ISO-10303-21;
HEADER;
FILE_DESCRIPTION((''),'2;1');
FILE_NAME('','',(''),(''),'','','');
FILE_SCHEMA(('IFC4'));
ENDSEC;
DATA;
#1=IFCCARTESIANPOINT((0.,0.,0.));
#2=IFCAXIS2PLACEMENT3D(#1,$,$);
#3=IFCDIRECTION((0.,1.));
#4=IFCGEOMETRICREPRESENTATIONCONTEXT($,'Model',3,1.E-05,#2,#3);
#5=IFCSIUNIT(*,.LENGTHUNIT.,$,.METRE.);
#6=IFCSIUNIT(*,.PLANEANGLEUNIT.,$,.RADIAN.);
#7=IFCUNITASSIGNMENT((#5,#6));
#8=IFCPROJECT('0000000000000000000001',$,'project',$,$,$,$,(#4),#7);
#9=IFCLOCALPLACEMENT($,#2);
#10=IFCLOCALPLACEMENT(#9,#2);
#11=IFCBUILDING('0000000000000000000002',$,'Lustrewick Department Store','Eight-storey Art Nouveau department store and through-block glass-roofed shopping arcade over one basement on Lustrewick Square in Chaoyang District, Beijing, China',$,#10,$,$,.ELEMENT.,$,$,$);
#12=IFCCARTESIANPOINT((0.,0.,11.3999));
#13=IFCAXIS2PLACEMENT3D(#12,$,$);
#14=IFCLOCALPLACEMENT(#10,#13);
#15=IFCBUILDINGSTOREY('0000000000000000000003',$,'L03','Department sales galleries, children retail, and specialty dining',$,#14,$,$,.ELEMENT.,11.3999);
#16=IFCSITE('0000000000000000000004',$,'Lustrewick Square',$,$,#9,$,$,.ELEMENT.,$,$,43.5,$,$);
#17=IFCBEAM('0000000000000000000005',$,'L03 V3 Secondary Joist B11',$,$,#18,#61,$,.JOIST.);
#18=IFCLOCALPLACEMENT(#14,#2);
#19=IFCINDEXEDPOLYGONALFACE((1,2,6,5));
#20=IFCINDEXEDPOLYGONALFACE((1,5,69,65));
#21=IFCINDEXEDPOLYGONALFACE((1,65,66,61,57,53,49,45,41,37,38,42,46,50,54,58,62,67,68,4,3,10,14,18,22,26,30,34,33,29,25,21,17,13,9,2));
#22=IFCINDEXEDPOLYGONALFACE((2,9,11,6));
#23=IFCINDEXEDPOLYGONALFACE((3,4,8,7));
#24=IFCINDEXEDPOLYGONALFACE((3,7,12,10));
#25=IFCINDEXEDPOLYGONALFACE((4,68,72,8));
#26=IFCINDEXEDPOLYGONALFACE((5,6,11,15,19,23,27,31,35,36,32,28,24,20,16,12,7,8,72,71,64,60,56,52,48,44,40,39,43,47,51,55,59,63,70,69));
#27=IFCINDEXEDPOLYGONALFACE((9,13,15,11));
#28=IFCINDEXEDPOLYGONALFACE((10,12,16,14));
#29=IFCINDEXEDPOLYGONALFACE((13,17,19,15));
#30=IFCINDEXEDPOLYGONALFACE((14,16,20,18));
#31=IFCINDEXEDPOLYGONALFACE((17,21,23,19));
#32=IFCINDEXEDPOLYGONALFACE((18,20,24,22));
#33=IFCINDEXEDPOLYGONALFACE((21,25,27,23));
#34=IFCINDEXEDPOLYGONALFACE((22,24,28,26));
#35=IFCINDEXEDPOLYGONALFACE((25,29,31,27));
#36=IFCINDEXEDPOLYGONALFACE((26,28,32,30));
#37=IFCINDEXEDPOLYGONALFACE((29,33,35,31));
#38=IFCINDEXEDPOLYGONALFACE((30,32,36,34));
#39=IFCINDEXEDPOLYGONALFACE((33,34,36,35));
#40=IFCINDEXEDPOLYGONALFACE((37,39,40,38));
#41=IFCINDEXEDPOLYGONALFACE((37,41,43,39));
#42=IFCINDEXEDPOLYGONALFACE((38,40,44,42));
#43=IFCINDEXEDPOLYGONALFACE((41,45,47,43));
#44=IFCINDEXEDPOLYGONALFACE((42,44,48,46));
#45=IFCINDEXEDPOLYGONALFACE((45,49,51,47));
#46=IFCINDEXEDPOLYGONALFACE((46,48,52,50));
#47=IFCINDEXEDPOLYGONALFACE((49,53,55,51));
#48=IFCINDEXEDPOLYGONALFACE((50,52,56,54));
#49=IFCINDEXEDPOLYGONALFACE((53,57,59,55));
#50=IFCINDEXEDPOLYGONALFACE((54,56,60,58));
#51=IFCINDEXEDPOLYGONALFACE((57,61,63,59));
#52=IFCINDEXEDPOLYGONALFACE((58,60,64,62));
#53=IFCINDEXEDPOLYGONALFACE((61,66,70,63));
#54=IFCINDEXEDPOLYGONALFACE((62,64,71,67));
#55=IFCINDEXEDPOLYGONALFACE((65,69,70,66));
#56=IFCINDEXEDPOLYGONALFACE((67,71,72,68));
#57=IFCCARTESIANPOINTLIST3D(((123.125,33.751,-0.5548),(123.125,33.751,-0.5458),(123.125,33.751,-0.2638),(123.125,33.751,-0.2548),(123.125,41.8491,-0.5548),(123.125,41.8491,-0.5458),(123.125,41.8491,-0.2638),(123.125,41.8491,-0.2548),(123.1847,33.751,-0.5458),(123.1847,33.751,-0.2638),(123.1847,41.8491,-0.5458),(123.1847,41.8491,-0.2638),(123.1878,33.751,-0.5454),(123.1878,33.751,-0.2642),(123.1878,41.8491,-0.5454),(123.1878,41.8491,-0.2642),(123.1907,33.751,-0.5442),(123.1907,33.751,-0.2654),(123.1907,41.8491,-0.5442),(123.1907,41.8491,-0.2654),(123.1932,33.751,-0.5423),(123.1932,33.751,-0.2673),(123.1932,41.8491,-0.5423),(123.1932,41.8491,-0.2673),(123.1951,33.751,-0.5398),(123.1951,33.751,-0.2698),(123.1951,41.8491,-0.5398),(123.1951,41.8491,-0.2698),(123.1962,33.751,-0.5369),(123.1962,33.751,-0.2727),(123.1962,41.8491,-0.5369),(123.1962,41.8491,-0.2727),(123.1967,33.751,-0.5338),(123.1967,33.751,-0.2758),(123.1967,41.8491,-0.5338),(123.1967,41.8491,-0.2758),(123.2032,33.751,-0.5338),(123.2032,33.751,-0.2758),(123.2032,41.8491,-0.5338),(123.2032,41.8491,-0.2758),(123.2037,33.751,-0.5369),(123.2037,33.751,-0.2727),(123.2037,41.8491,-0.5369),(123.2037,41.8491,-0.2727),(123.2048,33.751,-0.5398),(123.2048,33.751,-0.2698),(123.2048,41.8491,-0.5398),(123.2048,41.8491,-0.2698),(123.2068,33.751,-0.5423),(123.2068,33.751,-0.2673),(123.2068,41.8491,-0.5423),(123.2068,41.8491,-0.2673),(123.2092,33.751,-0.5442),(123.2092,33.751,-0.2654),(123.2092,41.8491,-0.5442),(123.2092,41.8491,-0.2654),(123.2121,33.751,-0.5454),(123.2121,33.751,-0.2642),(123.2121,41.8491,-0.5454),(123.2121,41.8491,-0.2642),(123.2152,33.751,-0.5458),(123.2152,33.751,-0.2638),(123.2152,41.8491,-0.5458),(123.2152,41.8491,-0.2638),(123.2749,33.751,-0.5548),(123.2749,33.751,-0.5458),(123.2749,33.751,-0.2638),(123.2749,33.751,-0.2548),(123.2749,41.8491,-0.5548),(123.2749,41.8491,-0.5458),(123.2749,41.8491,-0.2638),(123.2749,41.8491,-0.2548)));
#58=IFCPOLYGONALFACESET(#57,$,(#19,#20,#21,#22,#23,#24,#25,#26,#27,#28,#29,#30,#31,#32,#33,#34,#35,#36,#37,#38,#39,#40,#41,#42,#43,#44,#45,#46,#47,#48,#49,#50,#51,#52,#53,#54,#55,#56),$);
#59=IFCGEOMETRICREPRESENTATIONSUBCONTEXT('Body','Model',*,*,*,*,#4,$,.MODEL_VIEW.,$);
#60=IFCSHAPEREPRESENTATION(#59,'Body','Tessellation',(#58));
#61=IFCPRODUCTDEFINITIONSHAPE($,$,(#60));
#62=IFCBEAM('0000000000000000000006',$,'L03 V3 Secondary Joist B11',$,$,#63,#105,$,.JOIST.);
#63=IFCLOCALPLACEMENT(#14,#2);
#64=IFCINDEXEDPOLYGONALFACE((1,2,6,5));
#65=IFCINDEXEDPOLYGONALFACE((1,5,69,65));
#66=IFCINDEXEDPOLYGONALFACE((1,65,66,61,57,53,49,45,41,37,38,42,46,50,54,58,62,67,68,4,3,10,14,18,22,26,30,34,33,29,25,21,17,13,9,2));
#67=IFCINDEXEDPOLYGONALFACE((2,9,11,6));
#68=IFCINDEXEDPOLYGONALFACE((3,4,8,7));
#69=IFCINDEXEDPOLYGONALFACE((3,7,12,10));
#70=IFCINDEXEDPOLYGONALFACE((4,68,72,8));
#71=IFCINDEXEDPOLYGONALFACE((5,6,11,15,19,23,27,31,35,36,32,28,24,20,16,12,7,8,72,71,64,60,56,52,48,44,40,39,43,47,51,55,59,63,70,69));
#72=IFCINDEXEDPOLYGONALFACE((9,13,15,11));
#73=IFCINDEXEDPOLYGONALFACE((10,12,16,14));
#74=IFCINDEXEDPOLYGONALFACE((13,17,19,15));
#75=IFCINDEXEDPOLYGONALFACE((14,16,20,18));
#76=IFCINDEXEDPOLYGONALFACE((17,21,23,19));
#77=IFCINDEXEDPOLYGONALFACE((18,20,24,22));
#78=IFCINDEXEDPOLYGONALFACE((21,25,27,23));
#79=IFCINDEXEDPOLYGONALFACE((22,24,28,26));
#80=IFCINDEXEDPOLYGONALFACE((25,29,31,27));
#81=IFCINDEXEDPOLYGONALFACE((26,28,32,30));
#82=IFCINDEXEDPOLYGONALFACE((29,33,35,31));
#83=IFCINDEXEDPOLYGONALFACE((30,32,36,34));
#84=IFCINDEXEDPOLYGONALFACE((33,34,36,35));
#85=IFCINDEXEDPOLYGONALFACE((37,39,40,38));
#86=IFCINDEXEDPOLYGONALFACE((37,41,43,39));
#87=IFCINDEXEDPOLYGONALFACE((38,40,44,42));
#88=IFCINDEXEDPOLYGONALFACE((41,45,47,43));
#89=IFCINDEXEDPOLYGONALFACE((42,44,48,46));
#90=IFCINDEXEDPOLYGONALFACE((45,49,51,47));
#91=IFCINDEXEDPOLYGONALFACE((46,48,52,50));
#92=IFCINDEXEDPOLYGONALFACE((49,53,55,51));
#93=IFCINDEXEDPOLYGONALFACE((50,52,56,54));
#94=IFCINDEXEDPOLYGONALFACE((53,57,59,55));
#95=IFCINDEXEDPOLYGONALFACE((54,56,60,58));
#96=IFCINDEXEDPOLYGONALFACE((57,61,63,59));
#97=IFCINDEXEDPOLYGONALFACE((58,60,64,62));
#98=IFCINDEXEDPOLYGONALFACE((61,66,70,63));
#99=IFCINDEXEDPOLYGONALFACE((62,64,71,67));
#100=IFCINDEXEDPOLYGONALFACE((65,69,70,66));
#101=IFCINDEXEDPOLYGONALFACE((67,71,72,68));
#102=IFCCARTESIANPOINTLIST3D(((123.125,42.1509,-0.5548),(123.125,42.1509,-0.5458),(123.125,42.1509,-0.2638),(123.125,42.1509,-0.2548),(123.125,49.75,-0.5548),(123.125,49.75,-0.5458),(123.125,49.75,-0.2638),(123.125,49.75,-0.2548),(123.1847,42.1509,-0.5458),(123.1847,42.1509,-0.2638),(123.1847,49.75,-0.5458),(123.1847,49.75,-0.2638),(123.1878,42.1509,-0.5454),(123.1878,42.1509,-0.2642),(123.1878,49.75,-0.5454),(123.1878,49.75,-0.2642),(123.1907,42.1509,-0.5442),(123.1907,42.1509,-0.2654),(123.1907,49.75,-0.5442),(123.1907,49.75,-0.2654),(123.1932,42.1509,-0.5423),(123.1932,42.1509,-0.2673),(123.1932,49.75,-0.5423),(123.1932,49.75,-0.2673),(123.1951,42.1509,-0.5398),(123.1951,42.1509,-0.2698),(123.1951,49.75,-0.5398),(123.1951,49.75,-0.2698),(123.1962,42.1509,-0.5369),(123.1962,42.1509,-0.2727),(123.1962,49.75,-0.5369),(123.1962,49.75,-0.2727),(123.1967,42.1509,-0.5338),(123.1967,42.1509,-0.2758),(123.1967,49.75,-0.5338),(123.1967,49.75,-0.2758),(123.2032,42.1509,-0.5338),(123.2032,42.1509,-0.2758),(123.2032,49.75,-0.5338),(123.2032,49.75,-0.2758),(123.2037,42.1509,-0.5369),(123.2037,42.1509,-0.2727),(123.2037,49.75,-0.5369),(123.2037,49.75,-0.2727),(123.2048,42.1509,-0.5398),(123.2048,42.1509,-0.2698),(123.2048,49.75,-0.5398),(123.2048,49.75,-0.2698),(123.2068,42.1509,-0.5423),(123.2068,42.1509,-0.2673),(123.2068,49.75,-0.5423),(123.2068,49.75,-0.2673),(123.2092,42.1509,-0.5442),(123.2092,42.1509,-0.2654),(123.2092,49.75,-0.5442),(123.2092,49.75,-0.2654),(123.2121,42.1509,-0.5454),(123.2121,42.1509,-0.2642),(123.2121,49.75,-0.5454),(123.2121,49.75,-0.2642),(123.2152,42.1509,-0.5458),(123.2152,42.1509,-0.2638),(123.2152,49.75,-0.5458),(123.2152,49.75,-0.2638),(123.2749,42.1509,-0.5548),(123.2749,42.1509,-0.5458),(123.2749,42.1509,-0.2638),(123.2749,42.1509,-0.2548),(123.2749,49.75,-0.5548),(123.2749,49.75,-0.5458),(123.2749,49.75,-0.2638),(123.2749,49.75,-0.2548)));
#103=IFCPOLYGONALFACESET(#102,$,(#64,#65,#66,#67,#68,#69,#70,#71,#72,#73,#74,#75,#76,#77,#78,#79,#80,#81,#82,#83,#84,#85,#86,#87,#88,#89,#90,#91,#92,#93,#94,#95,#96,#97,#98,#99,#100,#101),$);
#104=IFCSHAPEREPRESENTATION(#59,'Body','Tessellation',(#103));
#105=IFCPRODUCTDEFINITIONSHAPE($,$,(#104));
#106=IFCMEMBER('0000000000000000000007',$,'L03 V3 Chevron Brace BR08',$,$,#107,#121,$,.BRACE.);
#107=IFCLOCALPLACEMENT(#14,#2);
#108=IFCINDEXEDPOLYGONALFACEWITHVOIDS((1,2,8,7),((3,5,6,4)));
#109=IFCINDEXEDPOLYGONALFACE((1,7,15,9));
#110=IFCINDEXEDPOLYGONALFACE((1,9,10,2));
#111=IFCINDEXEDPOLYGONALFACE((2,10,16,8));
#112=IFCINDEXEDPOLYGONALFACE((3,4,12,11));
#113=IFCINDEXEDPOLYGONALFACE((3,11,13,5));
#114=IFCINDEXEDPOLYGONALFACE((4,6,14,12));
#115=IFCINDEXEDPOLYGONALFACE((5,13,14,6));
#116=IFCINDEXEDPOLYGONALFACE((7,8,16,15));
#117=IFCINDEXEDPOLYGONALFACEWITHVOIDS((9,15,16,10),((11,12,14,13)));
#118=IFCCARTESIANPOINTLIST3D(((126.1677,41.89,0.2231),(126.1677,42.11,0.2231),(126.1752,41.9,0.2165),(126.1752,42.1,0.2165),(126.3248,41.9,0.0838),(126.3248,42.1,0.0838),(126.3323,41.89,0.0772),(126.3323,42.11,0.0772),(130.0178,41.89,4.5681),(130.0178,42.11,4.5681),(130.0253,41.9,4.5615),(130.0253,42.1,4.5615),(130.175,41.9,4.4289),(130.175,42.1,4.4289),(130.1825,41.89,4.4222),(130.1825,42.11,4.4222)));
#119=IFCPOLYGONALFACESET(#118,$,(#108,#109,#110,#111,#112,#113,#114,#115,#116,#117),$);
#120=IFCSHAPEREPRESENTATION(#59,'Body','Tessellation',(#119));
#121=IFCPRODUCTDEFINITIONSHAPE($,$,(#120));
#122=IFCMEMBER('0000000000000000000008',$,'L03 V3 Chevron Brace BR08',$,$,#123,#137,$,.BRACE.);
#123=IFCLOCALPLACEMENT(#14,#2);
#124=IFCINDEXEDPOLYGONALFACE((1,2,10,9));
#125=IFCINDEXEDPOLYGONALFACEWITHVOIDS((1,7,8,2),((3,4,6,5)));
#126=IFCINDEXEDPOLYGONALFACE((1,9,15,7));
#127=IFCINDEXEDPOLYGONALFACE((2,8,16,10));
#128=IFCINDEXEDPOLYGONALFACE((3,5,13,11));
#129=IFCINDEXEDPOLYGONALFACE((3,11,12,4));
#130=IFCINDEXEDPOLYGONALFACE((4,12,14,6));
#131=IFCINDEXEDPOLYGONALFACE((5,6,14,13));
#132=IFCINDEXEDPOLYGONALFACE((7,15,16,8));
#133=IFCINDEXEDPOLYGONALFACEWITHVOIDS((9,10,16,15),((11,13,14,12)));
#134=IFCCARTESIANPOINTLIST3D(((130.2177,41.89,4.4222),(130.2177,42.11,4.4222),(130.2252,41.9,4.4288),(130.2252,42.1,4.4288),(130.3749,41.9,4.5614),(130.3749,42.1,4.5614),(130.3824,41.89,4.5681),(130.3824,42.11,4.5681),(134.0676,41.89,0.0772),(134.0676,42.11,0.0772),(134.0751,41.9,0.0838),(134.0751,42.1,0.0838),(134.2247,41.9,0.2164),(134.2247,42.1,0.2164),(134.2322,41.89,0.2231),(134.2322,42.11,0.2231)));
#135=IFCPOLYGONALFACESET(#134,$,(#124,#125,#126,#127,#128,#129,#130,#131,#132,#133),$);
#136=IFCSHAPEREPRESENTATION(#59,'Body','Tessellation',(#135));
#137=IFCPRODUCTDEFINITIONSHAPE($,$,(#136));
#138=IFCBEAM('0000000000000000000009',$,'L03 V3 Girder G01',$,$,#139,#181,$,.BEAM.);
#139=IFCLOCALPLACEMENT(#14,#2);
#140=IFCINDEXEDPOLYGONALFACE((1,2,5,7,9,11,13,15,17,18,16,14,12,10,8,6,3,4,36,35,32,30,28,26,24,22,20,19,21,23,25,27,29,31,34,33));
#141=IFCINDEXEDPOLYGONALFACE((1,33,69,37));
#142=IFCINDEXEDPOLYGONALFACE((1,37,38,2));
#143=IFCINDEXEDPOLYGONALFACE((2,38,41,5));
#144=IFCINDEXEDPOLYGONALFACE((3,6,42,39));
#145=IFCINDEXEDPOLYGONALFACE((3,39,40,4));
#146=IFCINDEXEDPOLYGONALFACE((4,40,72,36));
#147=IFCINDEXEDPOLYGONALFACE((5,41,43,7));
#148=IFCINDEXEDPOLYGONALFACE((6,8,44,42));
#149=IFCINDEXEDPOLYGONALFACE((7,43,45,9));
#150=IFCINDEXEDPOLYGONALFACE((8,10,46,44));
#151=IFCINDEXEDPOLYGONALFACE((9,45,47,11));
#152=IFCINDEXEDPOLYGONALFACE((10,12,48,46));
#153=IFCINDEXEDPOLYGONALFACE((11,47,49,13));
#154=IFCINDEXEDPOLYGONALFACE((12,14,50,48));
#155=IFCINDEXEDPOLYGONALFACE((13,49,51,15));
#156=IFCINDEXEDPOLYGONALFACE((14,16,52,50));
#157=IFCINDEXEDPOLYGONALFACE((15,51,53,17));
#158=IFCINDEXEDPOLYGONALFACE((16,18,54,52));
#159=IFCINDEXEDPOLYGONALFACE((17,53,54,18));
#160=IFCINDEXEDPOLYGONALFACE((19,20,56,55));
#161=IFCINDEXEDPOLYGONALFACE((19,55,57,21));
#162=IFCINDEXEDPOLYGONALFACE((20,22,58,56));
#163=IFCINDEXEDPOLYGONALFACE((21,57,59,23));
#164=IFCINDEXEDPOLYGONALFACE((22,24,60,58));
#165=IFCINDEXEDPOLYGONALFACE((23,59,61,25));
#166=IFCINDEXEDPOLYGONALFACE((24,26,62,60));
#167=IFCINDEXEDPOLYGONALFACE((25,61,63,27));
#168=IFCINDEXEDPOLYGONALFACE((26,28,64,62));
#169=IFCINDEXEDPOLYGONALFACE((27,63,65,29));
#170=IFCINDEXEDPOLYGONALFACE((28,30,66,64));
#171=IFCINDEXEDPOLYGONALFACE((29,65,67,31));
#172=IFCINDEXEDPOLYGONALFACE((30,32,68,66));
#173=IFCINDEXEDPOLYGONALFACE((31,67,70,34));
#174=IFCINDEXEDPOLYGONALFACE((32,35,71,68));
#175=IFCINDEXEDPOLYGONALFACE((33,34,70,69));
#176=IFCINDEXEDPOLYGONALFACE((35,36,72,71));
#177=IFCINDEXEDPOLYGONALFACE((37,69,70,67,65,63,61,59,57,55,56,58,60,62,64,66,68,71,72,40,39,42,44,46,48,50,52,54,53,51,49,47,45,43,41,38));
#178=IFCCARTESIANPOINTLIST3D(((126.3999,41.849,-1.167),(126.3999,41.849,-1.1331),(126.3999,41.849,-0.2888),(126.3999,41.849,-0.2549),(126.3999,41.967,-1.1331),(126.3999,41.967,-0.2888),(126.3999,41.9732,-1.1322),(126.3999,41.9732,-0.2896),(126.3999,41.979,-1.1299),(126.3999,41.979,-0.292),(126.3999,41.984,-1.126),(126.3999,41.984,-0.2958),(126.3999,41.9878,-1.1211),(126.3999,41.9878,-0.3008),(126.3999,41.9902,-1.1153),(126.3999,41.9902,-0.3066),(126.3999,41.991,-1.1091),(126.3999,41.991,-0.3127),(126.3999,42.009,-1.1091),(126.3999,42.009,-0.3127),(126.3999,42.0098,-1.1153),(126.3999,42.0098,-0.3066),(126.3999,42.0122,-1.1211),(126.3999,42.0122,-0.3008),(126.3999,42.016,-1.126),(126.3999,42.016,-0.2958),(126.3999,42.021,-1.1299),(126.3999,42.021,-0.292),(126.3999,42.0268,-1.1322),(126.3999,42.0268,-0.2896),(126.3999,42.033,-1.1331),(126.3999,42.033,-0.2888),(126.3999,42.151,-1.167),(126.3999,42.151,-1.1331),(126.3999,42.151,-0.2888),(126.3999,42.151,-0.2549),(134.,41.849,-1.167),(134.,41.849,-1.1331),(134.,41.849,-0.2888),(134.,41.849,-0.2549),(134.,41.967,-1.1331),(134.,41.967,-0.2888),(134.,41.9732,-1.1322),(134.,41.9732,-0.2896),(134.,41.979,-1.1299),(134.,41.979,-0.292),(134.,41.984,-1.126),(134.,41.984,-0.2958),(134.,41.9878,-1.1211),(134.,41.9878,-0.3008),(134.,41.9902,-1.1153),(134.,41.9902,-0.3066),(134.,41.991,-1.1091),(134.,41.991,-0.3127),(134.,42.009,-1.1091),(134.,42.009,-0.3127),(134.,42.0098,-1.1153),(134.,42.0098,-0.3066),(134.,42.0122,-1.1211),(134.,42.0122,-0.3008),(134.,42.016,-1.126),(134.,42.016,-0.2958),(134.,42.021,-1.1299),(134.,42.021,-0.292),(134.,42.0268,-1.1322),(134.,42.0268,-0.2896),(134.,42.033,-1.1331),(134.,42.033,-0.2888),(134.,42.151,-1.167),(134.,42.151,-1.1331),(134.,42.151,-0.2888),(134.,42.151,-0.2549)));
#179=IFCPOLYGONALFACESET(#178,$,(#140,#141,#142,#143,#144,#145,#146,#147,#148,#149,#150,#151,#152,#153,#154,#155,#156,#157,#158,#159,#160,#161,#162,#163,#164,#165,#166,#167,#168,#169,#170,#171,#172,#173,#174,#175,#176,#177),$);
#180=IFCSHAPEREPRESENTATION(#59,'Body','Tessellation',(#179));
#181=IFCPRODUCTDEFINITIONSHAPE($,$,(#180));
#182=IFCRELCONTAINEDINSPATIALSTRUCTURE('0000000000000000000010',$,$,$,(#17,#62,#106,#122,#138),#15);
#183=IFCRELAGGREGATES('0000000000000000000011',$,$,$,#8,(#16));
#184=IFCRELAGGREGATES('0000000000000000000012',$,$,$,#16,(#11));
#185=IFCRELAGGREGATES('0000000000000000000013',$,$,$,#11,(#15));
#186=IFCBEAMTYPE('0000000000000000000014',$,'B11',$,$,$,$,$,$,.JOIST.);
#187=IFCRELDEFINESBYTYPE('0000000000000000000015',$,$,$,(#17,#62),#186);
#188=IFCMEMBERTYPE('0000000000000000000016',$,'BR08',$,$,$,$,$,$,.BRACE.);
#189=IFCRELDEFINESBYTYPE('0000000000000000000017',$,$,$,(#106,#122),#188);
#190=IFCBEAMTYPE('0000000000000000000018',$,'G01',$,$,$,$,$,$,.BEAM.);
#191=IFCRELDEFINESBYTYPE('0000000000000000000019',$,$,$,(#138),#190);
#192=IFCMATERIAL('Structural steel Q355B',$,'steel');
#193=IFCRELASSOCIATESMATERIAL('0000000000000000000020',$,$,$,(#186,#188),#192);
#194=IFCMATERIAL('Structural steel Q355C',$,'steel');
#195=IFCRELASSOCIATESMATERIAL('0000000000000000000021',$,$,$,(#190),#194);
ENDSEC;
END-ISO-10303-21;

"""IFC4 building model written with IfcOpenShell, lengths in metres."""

from ifc_helpers import new_model, si_unit, direction, frame, origin, origin_2d, place, context, subcontext, project, spatial, hollow_rectangle, i_section, extrude, material, material_profile, profile_set, type_object, element, save


model = new_model("IFC4")

# Units and contexts
model_context = context("Model", 3, precision=1e-05, world=origin(), true_north=direction((0.0, 1.0)))
body_context = subcontext(model_context, "Body", "Model", "MODEL_VIEW")
ifc_project = project(units=[si_unit("LENGTHUNIT", "METRE"), si_unit("PLANEANGLEUNIT", "RADIAN")], contexts=[model_context])

# Site, building, storey
site_placement = place(None, origin())
site = spatial("IfcSite", under=ifc_project, at=site_placement, Name="Lustrewick Square", CompositionType="ELEMENT", RefElevation=43.5)
building_placement = place(site_placement, origin())
building = spatial("IfcBuilding", under=site, at=building_placement, Name="Lustrewick Department Store", Description="Eight-storey Art Nouveau department store and through-block glass-roofed shopping arcade over one basement on Lustrewick Square in Chaoyang District, Beijing, China", CompositionType="ELEMENT")
storey_placement = place(building_placement, frame((0.0, 0.0, 11.3999)))
storey = spatial("IfcBuildingStorey", under=building, at=storey_placement, Name="L03", Description="Department sales galleries, children retail, and specialty dining", CompositionType="ELEMENT", Elevation=11.3999)

# Shared definitions
ifc_material_1 = material(Name="Structural steel Q355C", Category="steel")
ifc_material_2 = material(Name="Structural steel Q355B", Category="steel")

# Beams
ifc_material_profile_1 = material_profile(ifc_material_2, i_section(OverallWidth=0.1499, OverallDepth=0.3, WebThickness=0.0066, FlangeThickness=0.009, FilletRadius=0.012, at=origin_2d()), Name="HN 300x150x6.5x9")
ifc_profile_set_1 = profile_set([ifc_material_profile_1], Name="Structural steel Q355B")
beam_type_1 = type_object("IfcBeamType", Name="B11", PredefinedType="JOIST", material=ifc_profile_set_1)
beam_1_placement = place(storey_placement, frame((123.2, 33.751, -0.4048), z_axis=(0.0, 1.0, 0.0), x_axis=(-1.0, 0.0, 0.0)))
element("IfcBeam", 1, at=beam_1_placement, inside=storey, type_object=beam_type_1, Name="L03 V3 Secondary Joist B11", PredefinedType="JOIST", context=body_context, shape_type="SweptSolid", body=[
    extrude(i_section(OverallWidth=0.1499, OverallDepth=0.3, WebThickness=0.0066, FlangeThickness=0.009, FilletRadius=0.012, at=origin_2d()), origin(), (0.0, 0.0, 1.0), 8.0981),
])
beam_2_placement = place(storey_placement, frame((123.2, 42.1509, -0.4048), z_axis=(0.0, 1.0, 0.0), x_axis=(-1.0, 0.0, 0.0)))
element("IfcBeam", 2, at=beam_2_placement, inside=storey, type_object=beam_type_1, Name="L03 V3 Secondary Joist B11", PredefinedType="JOIST", context=body_context, shape_type="SweptSolid", body=[
    extrude(i_section(OverallWidth=0.1499, OverallDepth=0.3, WebThickness=0.0066, FlangeThickness=0.009, FilletRadius=0.012, at=origin_2d()), origin(), (0.0, 0.0, 1.0), 7.5991),
])

# Members
ifc_material_profile_2 = material_profile(ifc_material_2, hollow_rectangle(XDim=0.22, YDim=0.22, WallThickness=0.01, at=origin_2d()), Name="SHS 220x220x10")
ifc_profile_set_2 = profile_set([ifc_material_profile_2], Name="Structural steel Q355B")
member_type = type_object("IfcMemberType", Name="BR08", PredefinedType="BRACE", material=ifc_profile_set_2)
member_1_placement = place(storey_placement, frame((126.25, 42.0, 0.1501), z_axis=(0.663199, 0.0, 0.748443), x_axis=(0.0, 1.0, 0.0)))
element("IfcMember", 3, at=member_1_placement, inside=storey, type_object=member_type, Name="L03 V3 Chevron Brace BR08", PredefinedType="BRACE", context=body_context, shape_type="SweptSolid", body=[
    extrude(hollow_rectangle(XDim=0.22, YDim=0.22, WallThickness=0.01, at=origin_2d()), origin(), (0.0, 0.0, 1.0), 5.8054),
])
member_2_placement = place(storey_placement, frame((134.1499, 42.0, 0.1501), z_axis=(-0.663175, 0.0, 0.748464), x_axis=(0.0, -1.0, 0.0)))
element("IfcMember", 4, at=member_2_placement, inside=storey, type_object=member_type, Name="L03 V3 Chevron Brace BR08", PredefinedType="BRACE", context=body_context, shape_type="SweptSolid", body=[
    extrude(hollow_rectangle(XDim=0.22, YDim=0.22, WallThickness=0.01, at=origin_2d()), origin(), (0.0, 0.0, 1.0), 5.8052),
])

# Beam
ifc_material_profile_3 = material_profile(ifc_material_1, i_section(OverallWidth=0.302, OverallDepth=0.9121, WebThickness=0.0181, FlangeThickness=0.0339, FilletRadius=0.0239, at=origin_2d()), Name="HN 912x302x18x34")
ifc_profile_set_3 = profile_set([ifc_material_profile_3], Name="Structural steel Q355C")
beam_type_2 = type_object("IfcBeamType", Name="G01", PredefinedType="BEAM", material=ifc_profile_set_3)
beam_3_placement = place(storey_placement, frame((126.3999, 42.0, -0.7109), z_axis=(1.0, 0.0, 0.0), x_axis=(0.0, 1.0, 0.0)))
element("IfcBeam", 5, at=beam_3_placement, inside=storey, type_object=beam_type_2, Name="L03 V3 Girder G01", PredefinedType="BEAM", context=body_context, shape_type="SweptSolid", body=[
    extrude(i_section(OverallWidth=0.302, OverallDepth=0.9121, WebThickness=0.0181, FlangeThickness=0.0339, FilletRadius=0.0239, at=origin_2d()), origin(), (0.0, 0.0, 1.0), 7.6001),
])

save(model, "model.ifc")
